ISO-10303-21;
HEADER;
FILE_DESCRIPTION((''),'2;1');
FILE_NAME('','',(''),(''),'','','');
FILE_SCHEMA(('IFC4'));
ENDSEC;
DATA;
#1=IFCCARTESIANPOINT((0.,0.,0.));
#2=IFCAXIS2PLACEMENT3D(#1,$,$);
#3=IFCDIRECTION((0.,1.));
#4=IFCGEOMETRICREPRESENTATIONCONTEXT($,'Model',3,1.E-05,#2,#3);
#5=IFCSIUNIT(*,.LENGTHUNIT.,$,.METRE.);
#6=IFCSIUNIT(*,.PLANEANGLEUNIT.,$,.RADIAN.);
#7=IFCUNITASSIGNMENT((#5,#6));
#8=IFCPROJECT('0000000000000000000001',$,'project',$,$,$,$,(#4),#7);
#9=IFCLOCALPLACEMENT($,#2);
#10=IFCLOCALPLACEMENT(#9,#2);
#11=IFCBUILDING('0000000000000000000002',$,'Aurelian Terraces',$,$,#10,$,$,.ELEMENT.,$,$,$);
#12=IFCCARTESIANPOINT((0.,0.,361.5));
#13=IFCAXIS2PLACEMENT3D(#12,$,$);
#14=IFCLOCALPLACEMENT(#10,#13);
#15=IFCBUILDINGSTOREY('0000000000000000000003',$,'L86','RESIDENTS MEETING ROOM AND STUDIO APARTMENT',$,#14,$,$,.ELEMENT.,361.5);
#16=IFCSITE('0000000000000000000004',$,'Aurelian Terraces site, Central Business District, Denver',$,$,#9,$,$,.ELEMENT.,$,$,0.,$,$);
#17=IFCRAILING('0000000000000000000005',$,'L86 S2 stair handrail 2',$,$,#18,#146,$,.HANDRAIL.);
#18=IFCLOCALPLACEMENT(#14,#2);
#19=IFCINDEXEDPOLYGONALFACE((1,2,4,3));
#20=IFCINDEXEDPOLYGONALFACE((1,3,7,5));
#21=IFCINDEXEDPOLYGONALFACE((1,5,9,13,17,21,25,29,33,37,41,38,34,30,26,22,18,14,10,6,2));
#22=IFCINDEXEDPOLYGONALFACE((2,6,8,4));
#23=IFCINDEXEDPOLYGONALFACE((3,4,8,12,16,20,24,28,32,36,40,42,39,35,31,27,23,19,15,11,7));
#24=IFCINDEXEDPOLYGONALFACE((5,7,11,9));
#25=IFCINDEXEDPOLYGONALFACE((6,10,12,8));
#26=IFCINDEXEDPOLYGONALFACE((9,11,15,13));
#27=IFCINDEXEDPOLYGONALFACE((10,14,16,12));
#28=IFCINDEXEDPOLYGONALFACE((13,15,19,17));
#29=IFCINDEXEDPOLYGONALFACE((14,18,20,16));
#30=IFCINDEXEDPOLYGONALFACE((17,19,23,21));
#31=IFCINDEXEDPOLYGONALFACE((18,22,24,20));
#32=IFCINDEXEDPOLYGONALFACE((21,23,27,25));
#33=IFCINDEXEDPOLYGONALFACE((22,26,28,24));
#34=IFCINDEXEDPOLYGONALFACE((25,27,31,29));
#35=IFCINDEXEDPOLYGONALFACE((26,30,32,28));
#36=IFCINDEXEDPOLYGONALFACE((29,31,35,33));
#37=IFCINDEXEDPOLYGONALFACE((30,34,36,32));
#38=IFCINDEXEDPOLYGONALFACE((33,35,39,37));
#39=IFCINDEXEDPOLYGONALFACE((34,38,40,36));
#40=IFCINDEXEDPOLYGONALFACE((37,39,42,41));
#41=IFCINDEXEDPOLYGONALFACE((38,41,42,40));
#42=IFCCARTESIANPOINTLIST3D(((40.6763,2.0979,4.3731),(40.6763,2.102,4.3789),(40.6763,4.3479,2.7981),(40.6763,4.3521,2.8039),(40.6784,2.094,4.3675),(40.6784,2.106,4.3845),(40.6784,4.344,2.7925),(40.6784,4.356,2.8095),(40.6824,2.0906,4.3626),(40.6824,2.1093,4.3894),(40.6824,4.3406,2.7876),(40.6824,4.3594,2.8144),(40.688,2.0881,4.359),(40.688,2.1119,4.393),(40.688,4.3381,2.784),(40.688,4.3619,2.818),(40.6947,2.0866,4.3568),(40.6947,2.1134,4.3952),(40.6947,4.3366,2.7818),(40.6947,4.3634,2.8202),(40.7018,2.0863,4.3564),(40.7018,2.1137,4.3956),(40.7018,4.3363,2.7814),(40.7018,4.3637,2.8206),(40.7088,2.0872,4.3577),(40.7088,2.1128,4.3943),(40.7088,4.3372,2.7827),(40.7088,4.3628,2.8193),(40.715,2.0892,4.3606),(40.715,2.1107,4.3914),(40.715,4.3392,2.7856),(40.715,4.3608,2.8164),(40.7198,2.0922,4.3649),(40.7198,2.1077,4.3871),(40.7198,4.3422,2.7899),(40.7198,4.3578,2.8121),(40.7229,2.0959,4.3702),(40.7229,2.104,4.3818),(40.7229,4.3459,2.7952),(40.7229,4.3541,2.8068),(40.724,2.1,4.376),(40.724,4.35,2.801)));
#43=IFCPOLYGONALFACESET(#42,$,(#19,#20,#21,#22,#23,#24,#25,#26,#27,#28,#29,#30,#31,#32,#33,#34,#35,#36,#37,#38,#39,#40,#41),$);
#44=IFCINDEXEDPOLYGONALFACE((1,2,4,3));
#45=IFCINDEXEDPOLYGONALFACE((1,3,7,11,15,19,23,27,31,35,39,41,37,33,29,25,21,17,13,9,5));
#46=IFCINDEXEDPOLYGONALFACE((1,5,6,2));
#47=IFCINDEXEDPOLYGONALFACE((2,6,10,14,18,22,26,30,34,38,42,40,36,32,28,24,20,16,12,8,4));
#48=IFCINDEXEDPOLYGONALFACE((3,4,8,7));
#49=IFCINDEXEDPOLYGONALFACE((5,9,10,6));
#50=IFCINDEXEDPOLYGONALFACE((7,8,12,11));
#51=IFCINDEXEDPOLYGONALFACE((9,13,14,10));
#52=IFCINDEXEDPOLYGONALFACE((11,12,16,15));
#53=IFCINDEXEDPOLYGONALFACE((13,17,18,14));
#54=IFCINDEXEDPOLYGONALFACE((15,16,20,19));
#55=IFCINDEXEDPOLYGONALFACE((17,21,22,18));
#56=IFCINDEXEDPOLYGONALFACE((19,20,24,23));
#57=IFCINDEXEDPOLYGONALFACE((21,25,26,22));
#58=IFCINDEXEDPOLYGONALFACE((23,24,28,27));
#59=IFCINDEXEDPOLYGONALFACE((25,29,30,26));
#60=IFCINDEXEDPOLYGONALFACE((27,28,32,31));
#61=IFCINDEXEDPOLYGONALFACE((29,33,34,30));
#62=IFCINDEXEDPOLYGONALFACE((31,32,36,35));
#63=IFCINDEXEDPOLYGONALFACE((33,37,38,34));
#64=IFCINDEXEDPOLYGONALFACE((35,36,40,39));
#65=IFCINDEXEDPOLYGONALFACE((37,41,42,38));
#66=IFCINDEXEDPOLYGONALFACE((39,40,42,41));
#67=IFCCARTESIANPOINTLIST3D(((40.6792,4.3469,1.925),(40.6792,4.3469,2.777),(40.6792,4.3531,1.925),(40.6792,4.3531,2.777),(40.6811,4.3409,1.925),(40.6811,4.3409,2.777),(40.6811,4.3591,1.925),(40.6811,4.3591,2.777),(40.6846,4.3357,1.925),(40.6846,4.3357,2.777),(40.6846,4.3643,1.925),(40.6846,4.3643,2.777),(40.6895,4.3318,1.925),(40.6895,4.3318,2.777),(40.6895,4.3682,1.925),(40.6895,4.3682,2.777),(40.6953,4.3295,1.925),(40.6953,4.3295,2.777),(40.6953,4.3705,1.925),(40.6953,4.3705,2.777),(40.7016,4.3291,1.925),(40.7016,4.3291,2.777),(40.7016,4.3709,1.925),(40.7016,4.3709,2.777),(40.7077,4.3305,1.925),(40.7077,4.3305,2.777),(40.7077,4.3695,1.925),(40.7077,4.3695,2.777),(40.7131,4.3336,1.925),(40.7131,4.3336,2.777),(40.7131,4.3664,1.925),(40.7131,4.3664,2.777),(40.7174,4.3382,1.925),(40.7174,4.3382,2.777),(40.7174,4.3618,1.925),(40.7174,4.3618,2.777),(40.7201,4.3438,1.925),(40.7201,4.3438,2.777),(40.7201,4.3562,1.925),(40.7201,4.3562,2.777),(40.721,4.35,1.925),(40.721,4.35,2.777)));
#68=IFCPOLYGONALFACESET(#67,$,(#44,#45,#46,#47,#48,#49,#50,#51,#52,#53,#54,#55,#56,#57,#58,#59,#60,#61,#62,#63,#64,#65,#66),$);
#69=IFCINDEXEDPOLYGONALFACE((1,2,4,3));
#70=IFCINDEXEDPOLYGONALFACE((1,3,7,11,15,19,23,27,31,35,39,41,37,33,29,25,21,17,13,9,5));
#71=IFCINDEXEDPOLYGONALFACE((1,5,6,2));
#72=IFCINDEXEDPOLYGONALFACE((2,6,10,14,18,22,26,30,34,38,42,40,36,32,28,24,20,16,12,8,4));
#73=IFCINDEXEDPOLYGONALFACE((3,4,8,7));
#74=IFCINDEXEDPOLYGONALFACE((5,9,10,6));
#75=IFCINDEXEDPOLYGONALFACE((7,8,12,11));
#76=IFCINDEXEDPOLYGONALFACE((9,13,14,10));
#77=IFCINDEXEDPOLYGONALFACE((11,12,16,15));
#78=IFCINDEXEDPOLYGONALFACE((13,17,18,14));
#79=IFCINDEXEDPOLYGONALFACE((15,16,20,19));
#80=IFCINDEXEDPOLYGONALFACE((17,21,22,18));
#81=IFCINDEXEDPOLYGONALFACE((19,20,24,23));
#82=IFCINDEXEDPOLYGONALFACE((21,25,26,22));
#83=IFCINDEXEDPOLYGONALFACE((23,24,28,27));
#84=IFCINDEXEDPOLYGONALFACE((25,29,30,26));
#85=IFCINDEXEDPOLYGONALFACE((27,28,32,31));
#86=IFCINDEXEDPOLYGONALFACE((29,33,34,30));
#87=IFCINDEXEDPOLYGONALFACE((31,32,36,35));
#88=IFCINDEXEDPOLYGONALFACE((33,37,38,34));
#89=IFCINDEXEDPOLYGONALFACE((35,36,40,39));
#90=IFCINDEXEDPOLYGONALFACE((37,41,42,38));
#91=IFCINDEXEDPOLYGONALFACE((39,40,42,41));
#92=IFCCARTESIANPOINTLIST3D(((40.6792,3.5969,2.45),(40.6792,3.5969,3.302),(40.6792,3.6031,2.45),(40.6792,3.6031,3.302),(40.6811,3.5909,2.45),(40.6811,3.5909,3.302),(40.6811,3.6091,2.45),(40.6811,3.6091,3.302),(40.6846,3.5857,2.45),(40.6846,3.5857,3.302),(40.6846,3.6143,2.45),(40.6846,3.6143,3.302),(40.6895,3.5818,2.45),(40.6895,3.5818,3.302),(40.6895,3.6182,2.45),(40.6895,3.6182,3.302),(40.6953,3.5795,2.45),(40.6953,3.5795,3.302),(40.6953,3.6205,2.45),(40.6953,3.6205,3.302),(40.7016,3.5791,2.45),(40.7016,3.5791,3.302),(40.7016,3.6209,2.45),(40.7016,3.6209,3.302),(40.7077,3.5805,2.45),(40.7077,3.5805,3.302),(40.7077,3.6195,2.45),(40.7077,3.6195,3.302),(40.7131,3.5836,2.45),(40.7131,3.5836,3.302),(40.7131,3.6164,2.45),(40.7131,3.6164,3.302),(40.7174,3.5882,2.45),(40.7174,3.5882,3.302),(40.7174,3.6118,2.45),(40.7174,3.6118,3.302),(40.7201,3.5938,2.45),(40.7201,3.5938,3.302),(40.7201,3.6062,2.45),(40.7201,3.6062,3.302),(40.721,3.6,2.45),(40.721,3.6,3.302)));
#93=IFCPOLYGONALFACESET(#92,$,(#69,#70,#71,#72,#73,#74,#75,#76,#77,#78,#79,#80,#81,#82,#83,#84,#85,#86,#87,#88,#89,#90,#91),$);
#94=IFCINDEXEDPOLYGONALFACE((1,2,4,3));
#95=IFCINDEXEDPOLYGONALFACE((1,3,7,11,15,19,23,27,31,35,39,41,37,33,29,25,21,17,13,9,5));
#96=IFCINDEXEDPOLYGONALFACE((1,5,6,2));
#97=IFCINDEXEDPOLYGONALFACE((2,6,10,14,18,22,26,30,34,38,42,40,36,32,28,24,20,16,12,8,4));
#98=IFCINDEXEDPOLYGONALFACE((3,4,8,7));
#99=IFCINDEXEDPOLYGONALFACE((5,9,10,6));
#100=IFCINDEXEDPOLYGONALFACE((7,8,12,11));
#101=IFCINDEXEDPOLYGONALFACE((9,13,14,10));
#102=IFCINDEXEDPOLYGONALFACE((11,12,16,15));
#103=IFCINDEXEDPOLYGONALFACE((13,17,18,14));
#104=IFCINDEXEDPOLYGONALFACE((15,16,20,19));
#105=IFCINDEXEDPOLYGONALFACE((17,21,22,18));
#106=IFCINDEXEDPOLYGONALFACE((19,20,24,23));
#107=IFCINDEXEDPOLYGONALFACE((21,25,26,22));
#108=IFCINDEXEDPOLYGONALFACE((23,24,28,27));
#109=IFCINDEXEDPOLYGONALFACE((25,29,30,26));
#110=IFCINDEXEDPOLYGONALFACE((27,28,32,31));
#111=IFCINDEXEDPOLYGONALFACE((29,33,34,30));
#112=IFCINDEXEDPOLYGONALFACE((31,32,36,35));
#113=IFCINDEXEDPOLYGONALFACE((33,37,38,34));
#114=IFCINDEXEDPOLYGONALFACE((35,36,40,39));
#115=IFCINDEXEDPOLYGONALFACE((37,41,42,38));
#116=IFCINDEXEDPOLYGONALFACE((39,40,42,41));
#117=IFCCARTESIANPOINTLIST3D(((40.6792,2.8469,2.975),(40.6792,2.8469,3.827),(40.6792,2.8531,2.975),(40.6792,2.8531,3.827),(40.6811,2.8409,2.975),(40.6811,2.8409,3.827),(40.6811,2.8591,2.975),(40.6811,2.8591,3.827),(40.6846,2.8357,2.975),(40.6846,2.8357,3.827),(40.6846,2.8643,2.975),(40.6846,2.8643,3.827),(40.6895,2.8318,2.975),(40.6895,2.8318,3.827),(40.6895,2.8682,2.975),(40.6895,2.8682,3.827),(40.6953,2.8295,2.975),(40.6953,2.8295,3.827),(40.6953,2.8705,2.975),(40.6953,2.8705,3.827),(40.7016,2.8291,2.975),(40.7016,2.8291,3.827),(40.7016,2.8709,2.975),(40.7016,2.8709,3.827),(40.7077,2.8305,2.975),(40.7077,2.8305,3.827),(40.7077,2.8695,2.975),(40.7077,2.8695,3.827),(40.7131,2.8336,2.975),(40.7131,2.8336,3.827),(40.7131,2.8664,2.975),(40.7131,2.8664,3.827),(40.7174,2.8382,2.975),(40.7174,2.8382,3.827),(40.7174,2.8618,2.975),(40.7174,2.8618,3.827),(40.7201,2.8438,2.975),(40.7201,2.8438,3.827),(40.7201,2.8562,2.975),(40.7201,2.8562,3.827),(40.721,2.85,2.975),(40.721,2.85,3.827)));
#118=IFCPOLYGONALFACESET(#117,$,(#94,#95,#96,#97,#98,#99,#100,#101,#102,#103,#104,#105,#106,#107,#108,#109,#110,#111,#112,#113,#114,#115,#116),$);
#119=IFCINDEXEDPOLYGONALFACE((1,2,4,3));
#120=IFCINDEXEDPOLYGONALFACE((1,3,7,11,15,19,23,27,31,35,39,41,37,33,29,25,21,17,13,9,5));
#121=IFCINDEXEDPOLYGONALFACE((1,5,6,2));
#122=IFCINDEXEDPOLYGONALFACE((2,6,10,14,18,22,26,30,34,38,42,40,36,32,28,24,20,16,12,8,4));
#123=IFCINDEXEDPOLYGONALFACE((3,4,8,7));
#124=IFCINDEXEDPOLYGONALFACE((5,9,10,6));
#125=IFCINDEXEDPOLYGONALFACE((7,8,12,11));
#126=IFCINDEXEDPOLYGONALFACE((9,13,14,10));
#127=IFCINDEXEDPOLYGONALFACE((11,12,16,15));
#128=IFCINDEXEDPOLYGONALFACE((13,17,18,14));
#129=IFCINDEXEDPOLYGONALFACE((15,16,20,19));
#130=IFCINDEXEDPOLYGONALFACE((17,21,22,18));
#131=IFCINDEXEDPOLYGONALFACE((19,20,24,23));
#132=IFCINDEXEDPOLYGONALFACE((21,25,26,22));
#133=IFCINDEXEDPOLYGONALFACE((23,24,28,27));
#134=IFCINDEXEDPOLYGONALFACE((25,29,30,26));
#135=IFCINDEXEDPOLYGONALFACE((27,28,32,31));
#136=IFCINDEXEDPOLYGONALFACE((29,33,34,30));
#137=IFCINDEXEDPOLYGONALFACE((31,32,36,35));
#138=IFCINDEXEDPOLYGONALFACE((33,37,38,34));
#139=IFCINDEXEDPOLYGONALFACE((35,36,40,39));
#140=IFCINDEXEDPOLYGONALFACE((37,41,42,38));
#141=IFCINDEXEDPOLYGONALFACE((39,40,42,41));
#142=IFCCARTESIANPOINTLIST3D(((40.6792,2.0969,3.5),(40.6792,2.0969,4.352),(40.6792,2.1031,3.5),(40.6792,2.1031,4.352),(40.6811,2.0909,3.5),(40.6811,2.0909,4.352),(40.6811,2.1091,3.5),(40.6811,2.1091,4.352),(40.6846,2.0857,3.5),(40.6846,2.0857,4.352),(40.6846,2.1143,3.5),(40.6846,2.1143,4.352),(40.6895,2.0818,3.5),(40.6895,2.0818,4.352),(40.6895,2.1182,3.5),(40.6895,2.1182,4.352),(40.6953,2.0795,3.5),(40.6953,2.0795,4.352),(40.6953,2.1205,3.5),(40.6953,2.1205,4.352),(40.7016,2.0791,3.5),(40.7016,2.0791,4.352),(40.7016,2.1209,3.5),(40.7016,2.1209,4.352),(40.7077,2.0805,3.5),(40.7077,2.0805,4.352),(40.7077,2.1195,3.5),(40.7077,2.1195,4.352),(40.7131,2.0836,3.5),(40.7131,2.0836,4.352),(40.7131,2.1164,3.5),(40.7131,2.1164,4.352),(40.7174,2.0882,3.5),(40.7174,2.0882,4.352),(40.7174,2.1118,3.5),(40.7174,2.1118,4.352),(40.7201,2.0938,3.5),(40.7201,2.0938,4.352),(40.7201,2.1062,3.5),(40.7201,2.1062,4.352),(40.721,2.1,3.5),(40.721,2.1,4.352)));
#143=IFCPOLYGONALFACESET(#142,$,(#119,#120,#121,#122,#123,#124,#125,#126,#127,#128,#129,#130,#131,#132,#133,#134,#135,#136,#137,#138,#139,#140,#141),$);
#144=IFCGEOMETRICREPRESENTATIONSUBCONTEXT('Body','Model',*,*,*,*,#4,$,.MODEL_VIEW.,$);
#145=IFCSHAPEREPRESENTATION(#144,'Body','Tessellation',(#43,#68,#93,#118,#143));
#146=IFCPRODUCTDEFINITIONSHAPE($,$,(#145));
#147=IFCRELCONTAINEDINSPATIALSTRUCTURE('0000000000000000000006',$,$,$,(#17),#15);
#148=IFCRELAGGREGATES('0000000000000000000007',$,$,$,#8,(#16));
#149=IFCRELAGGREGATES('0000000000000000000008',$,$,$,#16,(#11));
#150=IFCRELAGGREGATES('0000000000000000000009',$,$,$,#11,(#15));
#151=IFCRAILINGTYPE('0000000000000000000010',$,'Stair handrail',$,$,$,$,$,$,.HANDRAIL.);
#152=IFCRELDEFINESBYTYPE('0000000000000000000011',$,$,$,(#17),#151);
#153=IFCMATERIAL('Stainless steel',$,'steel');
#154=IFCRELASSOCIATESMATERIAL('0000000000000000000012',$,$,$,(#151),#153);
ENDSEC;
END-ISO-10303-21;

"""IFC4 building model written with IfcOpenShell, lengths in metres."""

from ifc_helpers import new_model, si_unit, direction, frame, origin, origin_2d, place, context, subcontext, project, spatial, circle, extrude, source, transform, mapped, material, type_object, element, save


model = new_model("IFC4")

# Units and contexts
model_context = context("Model", 3, precision=1e-05, world=origin(), true_north=direction((0.0, 1.0)))
body_context = subcontext(model_context, "Body", "Model", "MODEL_VIEW")
ifc_project = project(units=[si_unit("LENGTHUNIT", "METRE"), si_unit("PLANEANGLEUNIT", "RADIAN")], contexts=[model_context])

# Site, building, storey
site_placement = place(None, origin())
site = spatial("IfcSite", under=ifc_project, at=site_placement, Name="Aurelian Terraces site, Central Business District, Denver", CompositionType="ELEMENT", RefElevation=0.0)
building_placement = place(site_placement, origin())
building = spatial("IfcBuilding", under=site, at=building_placement, Name="Aurelian Terraces", CompositionType="ELEMENT")
storey_placement = place(building_placement, frame((0.0, 0.0, 361.5)))
storey = spatial("IfcBuildingStorey", under=building, at=storey_placement, Name="L86", Description="RESIDENTS MEETING ROOM AND STUDIO APARTMENT", CompositionType="ELEMENT", Elevation=361.5)

# Railing
ifc_material_1 = material(Name="Stainless steel", Category="steel")
railing_type_1 = type_object("IfcRailingType", Name="Stair handrail", PredefinedType="HANDRAIL", material=ifc_material_1)
shared_shape_1 = source(origin(), body_context, "Body", "SweptSolid", [
    extrude(circle(Radius=0.024, at=origin_2d()), frame((0.0, 0.0, 0.876), z_axis=(0.0, -0.819232, 0.573462), x_axis=(1.0, 0.0, 0.0)), (0.0, 0.0, 1.0), 2.7465),
    extrude(circle(Radius=0.021, at=origin_2d()), origin(), (0.0, 0.0, 1.0), 0.852),
    extrude(circle(Radius=0.021, at=origin_2d()), frame((0.0, -0.75, 0.525)), (0.0, 0.0, 1.0), 0.852),
    extrude(circle(Radius=0.021, at=origin_2d()), frame((0.0, -1.5, 1.05)), (0.0, 0.0, 1.0), 0.852),
    extrude(circle(Radius=0.021, at=origin_2d()), frame((0.0, -2.25, 1.575)), (0.0, 0.0, 1.0), 0.852),
])
railing_1_placement = place(storey_placement, frame((40.7, 4.35, 1.925)))
element("IfcRailing", 1, at=railing_1_placement, inside=storey, type_object=railing_type_1, Name="L86 S2 stair handrail 2", PredefinedType="HANDRAIL", context=body_context, shape_type="MappedRepresentation", body=[
    mapped(shared_shape_1, transform((0.0, 0.0, 0.0), scale=1.0)),
])

save(model, "model.ifc")
